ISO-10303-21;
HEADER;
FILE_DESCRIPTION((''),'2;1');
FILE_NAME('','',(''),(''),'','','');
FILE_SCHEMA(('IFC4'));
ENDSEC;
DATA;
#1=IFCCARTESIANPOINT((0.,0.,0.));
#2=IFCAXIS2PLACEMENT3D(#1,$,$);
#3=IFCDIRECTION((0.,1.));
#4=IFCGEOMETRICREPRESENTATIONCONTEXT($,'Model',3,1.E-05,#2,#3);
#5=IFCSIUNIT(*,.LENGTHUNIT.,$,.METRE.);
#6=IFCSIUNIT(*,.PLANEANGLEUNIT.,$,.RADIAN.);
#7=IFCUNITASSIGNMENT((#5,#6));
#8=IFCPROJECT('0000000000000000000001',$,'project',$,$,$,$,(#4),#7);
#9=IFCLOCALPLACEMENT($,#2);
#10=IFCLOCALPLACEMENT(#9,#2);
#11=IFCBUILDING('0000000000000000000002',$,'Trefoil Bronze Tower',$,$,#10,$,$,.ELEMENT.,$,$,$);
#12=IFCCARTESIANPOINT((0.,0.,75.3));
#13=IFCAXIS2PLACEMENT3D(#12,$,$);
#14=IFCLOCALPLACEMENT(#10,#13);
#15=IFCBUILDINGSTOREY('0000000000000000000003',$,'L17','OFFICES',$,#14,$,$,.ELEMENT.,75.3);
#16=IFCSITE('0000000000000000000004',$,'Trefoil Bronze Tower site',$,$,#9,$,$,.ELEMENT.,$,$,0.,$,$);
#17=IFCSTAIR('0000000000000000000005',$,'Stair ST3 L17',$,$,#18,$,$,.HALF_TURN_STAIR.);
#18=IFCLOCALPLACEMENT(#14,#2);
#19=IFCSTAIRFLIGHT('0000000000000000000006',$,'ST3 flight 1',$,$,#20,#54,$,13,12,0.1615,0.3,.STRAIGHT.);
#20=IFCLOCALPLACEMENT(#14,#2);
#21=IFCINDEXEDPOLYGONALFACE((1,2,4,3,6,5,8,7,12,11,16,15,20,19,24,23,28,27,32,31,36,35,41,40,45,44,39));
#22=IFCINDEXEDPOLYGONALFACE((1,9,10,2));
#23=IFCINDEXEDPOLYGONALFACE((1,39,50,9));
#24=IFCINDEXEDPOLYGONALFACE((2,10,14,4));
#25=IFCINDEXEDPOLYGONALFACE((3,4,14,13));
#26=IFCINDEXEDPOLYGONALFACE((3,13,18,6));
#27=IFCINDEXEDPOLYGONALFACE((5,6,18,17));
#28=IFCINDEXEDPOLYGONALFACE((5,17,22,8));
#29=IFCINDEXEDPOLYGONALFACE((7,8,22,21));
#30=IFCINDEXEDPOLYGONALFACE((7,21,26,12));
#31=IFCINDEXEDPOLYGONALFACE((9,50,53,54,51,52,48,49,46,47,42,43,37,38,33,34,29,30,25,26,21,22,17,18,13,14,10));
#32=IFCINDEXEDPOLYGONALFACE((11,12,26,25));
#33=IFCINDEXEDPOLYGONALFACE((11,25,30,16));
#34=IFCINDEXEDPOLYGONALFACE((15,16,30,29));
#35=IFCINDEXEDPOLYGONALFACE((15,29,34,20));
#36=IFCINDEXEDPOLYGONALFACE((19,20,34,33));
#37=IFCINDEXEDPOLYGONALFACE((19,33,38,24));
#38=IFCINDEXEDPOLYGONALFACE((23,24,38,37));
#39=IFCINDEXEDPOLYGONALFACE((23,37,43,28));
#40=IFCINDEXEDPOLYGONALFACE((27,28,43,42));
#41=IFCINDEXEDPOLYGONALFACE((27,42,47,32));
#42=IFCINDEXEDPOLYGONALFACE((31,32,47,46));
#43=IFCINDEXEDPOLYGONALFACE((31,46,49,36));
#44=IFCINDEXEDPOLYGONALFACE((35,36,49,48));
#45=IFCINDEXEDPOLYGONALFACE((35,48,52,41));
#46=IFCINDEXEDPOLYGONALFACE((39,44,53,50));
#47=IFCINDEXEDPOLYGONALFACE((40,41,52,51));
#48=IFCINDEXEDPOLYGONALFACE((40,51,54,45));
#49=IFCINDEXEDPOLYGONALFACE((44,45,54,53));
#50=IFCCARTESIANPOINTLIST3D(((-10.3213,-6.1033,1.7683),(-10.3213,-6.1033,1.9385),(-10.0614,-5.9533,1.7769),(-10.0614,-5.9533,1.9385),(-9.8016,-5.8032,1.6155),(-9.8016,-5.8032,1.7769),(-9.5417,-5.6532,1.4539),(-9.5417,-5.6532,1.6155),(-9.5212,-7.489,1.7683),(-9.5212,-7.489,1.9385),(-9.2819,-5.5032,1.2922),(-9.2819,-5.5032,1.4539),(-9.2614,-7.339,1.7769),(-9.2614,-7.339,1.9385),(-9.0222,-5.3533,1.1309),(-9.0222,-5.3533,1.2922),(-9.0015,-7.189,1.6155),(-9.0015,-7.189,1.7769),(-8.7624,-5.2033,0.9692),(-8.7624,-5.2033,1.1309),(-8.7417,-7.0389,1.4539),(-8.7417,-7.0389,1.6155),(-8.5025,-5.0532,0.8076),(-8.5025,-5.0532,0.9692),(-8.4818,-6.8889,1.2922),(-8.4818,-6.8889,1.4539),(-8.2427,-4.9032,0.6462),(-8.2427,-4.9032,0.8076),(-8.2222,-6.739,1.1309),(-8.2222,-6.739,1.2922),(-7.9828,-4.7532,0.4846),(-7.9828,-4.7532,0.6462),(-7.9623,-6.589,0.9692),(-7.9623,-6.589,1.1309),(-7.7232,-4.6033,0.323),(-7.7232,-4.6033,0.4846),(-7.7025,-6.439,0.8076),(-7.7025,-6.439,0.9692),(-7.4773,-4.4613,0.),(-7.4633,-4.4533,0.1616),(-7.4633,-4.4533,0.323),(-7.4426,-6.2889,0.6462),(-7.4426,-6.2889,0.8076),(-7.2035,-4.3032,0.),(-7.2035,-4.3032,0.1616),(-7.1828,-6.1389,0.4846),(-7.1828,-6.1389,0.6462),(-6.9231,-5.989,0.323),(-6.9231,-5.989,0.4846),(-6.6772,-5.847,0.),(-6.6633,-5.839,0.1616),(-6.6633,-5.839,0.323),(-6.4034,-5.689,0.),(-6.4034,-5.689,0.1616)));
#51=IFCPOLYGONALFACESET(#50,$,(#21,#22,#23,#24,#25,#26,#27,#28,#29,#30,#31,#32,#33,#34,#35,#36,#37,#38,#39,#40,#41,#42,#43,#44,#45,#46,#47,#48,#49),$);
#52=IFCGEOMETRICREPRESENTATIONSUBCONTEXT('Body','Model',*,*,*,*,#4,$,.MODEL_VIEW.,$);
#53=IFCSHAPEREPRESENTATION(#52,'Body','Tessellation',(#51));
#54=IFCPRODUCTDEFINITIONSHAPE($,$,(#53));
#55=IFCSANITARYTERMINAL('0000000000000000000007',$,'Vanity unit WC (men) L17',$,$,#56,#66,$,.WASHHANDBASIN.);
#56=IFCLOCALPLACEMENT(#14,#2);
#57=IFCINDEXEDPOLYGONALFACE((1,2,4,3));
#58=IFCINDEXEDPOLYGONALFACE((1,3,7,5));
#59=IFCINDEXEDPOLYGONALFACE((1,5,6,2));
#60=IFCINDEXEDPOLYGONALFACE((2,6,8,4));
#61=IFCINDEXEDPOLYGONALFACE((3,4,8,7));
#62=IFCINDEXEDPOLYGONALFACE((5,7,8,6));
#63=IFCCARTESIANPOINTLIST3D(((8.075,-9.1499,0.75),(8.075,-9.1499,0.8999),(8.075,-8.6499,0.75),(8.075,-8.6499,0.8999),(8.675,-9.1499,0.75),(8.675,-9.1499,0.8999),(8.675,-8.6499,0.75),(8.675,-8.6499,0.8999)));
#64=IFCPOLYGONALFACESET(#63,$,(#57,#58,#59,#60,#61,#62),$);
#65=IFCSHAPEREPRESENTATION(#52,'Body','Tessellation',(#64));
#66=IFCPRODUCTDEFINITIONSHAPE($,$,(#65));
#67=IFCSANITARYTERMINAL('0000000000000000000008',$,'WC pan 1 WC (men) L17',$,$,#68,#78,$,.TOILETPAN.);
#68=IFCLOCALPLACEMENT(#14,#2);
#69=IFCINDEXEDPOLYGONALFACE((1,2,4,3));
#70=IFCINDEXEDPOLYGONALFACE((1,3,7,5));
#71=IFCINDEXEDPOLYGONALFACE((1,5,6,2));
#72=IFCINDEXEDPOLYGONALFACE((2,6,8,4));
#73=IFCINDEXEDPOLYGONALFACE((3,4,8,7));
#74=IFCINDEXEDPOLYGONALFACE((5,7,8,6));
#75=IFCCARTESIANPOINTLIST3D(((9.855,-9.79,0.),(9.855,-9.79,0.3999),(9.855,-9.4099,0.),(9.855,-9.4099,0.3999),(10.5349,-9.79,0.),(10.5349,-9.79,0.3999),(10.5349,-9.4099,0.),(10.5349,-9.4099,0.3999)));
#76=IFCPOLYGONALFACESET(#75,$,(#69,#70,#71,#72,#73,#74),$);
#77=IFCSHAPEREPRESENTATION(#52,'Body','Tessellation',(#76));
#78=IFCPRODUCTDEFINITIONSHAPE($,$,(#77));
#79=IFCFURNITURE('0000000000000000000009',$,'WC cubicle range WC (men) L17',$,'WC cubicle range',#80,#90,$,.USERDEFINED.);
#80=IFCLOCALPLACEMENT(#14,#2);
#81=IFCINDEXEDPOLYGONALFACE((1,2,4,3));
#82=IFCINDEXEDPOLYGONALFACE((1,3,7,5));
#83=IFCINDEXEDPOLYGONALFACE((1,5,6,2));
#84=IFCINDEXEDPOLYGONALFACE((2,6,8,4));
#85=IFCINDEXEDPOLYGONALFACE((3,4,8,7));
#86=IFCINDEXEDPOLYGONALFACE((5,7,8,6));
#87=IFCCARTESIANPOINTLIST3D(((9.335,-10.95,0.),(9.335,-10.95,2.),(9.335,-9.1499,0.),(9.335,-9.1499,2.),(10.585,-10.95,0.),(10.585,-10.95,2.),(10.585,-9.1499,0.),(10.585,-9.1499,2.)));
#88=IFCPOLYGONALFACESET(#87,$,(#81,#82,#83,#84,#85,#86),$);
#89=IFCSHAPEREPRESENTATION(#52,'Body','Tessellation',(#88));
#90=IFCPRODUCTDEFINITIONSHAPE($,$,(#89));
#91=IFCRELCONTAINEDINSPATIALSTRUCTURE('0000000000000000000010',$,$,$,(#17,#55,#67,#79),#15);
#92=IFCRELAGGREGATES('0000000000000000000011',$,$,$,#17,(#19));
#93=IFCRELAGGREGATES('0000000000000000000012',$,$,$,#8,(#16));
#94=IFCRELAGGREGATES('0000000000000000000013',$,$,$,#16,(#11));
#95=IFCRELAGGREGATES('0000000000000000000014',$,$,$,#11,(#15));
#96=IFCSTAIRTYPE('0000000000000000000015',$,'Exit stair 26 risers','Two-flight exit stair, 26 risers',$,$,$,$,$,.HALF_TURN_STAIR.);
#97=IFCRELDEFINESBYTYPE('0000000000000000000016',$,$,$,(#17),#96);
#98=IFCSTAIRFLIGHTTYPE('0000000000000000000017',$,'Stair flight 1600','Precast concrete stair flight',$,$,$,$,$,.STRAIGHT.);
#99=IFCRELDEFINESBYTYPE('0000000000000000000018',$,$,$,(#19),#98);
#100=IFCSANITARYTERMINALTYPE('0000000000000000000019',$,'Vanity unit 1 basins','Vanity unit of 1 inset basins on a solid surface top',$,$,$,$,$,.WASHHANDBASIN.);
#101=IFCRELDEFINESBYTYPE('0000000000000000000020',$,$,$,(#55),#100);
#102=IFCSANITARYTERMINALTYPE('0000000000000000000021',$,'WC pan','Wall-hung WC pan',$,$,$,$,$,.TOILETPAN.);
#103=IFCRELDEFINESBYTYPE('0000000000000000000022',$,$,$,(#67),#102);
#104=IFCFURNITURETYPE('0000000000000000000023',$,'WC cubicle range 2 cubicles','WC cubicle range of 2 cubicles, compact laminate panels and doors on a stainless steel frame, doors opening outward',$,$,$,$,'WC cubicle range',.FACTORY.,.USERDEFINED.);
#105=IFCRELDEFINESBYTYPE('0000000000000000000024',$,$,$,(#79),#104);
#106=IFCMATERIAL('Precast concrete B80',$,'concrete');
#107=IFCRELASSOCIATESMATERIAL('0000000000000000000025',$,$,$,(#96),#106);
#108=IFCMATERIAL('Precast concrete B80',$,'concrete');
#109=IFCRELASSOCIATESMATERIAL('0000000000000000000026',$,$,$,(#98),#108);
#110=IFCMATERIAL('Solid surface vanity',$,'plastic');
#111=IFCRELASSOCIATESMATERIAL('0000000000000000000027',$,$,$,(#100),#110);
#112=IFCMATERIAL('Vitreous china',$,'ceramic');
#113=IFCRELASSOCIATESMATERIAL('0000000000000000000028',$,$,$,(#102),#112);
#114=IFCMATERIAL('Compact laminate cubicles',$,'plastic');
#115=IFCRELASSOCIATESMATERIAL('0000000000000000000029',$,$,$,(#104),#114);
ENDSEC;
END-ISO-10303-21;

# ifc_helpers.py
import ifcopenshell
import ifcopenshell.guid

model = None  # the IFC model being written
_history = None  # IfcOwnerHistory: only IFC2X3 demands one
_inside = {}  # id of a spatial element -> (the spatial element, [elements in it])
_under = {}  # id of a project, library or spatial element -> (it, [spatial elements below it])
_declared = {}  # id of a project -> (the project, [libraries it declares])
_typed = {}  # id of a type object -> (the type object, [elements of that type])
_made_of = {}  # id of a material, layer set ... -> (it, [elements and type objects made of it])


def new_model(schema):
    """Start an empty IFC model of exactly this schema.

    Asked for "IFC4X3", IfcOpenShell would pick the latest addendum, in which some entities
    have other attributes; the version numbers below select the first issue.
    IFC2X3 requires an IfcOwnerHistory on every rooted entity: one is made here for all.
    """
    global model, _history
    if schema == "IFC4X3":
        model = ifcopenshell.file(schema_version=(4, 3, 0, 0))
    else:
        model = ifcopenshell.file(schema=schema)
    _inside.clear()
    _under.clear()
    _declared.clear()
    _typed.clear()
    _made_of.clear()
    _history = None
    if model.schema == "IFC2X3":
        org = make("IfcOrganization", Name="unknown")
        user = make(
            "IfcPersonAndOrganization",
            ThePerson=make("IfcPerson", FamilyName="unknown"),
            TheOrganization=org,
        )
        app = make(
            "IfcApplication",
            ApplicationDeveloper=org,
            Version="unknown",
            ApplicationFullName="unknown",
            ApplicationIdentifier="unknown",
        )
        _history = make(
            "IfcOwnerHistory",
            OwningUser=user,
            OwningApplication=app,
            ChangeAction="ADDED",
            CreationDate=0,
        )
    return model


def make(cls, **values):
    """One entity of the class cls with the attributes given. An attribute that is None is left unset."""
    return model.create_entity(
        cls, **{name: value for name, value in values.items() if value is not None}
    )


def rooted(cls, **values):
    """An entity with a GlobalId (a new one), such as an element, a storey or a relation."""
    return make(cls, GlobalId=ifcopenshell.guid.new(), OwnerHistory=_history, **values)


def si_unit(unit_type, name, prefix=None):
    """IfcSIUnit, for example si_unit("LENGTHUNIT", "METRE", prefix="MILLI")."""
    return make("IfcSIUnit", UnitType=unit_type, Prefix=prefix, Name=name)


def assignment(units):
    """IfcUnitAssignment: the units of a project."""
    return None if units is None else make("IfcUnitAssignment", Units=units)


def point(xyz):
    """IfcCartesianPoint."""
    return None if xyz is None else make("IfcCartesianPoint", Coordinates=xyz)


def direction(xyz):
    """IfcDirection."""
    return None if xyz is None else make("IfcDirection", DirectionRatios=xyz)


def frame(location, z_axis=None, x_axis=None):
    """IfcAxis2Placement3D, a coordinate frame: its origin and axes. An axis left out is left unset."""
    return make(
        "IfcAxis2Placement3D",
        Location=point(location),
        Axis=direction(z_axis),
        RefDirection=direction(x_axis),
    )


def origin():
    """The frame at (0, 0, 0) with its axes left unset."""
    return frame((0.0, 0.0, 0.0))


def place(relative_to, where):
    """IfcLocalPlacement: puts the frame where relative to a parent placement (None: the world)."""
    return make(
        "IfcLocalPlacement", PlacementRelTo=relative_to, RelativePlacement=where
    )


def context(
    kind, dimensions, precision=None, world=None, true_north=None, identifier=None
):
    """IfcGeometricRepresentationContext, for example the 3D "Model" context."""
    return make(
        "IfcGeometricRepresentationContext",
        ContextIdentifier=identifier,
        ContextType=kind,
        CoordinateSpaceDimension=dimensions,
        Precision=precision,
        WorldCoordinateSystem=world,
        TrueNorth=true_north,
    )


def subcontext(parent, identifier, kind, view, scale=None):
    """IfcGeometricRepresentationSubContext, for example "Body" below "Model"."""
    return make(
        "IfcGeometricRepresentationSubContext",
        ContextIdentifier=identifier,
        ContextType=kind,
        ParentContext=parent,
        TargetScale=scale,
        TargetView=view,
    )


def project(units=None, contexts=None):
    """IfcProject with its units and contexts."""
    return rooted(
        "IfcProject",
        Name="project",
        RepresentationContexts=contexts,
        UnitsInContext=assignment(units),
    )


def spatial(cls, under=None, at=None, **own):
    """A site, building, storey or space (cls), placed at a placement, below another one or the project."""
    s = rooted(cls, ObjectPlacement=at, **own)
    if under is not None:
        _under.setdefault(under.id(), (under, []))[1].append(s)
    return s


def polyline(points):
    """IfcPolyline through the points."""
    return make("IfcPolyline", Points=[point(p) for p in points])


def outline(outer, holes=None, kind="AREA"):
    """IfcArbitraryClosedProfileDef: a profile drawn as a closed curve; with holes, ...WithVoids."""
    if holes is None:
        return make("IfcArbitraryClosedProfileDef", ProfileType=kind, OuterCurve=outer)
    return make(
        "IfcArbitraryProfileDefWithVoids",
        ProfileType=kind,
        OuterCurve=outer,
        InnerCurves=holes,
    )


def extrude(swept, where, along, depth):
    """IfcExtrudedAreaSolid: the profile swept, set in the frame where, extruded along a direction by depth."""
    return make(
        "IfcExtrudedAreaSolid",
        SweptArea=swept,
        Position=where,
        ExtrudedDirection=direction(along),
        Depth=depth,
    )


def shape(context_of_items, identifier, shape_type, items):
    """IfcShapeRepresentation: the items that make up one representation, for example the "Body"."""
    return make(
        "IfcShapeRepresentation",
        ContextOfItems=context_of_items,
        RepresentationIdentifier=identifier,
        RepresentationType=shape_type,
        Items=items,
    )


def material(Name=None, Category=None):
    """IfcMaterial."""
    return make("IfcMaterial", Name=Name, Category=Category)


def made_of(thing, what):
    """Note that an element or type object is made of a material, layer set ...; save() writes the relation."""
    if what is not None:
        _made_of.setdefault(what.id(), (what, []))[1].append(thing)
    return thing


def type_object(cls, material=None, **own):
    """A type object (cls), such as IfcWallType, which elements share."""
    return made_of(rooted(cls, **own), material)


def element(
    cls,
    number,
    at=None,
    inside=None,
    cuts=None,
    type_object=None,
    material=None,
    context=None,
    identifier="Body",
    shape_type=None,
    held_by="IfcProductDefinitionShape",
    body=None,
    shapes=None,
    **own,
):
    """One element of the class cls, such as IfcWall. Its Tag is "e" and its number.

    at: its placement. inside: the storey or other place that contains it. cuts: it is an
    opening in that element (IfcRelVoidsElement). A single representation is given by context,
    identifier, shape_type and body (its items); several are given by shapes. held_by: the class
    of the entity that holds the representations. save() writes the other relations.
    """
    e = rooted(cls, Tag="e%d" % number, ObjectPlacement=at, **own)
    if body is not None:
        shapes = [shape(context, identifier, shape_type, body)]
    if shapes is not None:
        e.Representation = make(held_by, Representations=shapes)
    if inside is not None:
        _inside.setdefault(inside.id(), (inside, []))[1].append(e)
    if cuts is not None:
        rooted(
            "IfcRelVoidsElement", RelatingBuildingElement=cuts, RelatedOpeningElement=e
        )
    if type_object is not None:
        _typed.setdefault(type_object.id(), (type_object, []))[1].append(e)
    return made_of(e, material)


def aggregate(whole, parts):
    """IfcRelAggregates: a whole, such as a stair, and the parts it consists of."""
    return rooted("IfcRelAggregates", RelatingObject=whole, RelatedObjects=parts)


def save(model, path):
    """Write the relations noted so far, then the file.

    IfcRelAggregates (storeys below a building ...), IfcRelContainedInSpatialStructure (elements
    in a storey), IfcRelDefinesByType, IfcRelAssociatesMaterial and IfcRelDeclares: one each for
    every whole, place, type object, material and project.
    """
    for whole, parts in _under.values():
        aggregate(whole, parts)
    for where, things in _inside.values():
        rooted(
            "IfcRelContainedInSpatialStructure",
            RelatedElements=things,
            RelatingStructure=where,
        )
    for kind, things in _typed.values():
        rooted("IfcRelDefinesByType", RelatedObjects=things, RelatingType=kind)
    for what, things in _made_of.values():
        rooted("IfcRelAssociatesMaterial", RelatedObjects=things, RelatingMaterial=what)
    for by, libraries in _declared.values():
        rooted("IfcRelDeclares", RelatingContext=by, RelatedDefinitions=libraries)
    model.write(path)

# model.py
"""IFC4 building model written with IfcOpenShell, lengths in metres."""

from ifc_helpers import new_model, si_unit, direction, frame, origin, place, context, subcontext, project, spatial, polyline, outline, extrude, material, type_object, element, aggregate, save


model = new_model("IFC4")

# Units and contexts
model_context = context("Model", 3, precision=1e-05, world=origin(), true_north=direction((0.0, 1.0)))
body_context = subcontext(model_context, "Body", "Model", "MODEL_VIEW")
ifc_project = project(units=[si_unit("LENGTHUNIT", "METRE"), si_unit("PLANEANGLEUNIT", "RADIAN")], contexts=[model_context])

# Site, building, storey
site_placement = place(None, origin())
site = spatial("IfcSite", under=ifc_project, at=site_placement, Name="Trefoil Bronze Tower site", CompositionType="ELEMENT", RefElevation=0.0)
building_placement = place(site_placement, origin())
building = spatial("IfcBuilding", under=site, at=building_placement, Name="Trefoil Bronze Tower", CompositionType="ELEMENT")
storey_placement = place(building_placement, frame((0.0, 0.0, 75.3)))
storey = spatial("IfcBuildingStorey", under=building, at=storey_placement, Name="L17", Description="OFFICES", CompositionType="ELEMENT", Elevation=75.3)

# Stair, stair flight
ifc_material_1 = material(Name="Precast concrete B80", Category="concrete")
stair_type = type_object("IfcStairType", Name="Exit stair 26 risers", Description="Two-flight exit stair, 26 risers", PredefinedType="HALF_TURN_STAIR", material=ifc_material_1)
stair_placement = place(storey_placement, origin())
stair = element("IfcStair", 1, at=stair_placement, inside=storey, type_object=stair_type, Name="Stair ST3 L17", PredefinedType="HALF_TURN_STAIR")
ifc_material_2 = material(Name="Precast concrete B80", Category="concrete")
stair_flight_type = type_object("IfcStairFlightType", Name="Stair flight 1600", Description="Precast concrete stair flight", PredefinedType="STRAIGHT", material=ifc_material_2)
stair_flight_placement = place(storey_placement, frame((-6.8035, -4.9961, 0.0), z_axis=(0.0, 0.0, 1.0), x_axis=(-0.866025, -0.5, 0.0)))
stair_flight = element("IfcStairFlight", 2, at=stair_flight_placement, type_object=stair_flight_type, Name="ST3 flight 1", NumberOfRisers=13, NumberOfTreads=12, PredefinedType="STRAIGHT", RiserHeight=0.1615, TreadLength=0.3, context=body_context, shape_type="SweptSolid", body=[
    extrude(outline(polyline([(0.0, 0.0), (0.0, 0.1616), (0.3, 0.1616), (0.3, 0.323), (0.6001, 0.323), (0.6001, 0.4846), (0.8999, 0.4846), (0.8999, 0.6462), (1.2, 0.6462), (1.2, 0.8076), (1.5, 0.8076), (1.5, 0.9692), (1.8, 0.9692), (1.8, 1.1309), (2.1001, 1.1309), (2.1001, 1.2922), (2.3999, 1.2922), (2.3999, 1.4539), (2.7, 1.4539), (2.7, 1.6155), (3.0, 1.6155), (3.0, 1.7769), (3.3, 1.7769), (3.3, 1.9385), (3.6001, 1.9385), (3.6001, 2.1001), (3.6001, 1.7683), (0.3162, 0.0), (0.0, 0.0)])), frame((0.0, 0.8, 0.0), z_axis=(0.0, -1.0, 0.0), x_axis=(1.0, 0.0, 0.0)), (0.0, 0.0, 1.0), 1.6001),
])
aggregate(stair, [stair_flight])

# Sanitary terminals
ifc_material_3 = material(Name="Solid surface vanity", Category="plastic")
sanitary_terminal_type_1 = type_object("IfcSanitaryTerminalType", Name="Vanity unit 1 basins", Description="Vanity unit of 1 inset basins on a solid surface top", PredefinedType="WASHHANDBASIN", material=ifc_material_3)
sanitary_terminal_1_placement = place(storey_placement, frame((0.0, 0.0, 0.75)))
element("IfcSanitaryTerminal", 3, at=sanitary_terminal_1_placement, inside=storey, type_object=sanitary_terminal_type_1, Name="Vanity unit WC (men) L17", PredefinedType="WASHHANDBASIN", context=body_context, shape_type="SweptSolid", body=[
    extrude(outline(polyline([(8.075, -8.6499), (8.675, -8.6499), (8.675, -9.1499), (8.075, -9.1499), (8.075, -8.6499)])), origin(), (0.0, 0.0, 1.0), 0.1499),
])
ifc_material_4 = material(Name="Vitreous china", Category="ceramic")
sanitary_terminal_type_2 = type_object("IfcSanitaryTerminalType", Name="WC pan", Description="Wall-hung WC pan", PredefinedType="TOILETPAN", material=ifc_material_4)
sanitary_terminal_2_placement = place(storey_placement, origin())
element("IfcSanitaryTerminal", 4, at=sanitary_terminal_2_placement, inside=storey, type_object=sanitary_terminal_type_2, Name="WC pan 1 WC (men) L17", PredefinedType="TOILETPAN", context=body_context, shape_type="SweptSolid", body=[
    extrude(outline(polyline([(9.855, -9.4099), (10.5349, -9.4099), (10.5349, -9.79), (9.855, -9.79), (9.855, -9.4099)])), origin(), (0.0, 0.0, 1.0), 0.3999),
])

# Furniture
ifc_material_5 = material(Name="Compact laminate cubicles", Category="plastic")
furniture_type = type_object("IfcFurnitureType", Name="WC cubicle range 2 cubicles", Description="WC cubicle range of 2 cubicles, compact laminate panels and doors on a stainless steel frame, doors opening outward", ElementType="WC cubicle range", AssemblyPlace="FACTORY", PredefinedType="USERDEFINED", material=ifc_material_5)
furniture_placement = place(storey_placement, origin())
element("IfcFurniture", 5, at=furniture_placement, inside=storey, type_object=furniture_type, Name="WC cubicle range WC (men) L17", ObjectType="WC cubicle range", PredefinedType="USERDEFINED", context=body_context, shape_type="SweptSolid", body=[
    extrude(outline(polyline([(9.335, -9.1499), (10.585, -9.1499), (10.585, -10.95), (9.335, -10.95), (9.335, -9.1499)])), origin(), (0.0, 0.0, 1.0), 2.0),
])

save(model, "model.ifc")
